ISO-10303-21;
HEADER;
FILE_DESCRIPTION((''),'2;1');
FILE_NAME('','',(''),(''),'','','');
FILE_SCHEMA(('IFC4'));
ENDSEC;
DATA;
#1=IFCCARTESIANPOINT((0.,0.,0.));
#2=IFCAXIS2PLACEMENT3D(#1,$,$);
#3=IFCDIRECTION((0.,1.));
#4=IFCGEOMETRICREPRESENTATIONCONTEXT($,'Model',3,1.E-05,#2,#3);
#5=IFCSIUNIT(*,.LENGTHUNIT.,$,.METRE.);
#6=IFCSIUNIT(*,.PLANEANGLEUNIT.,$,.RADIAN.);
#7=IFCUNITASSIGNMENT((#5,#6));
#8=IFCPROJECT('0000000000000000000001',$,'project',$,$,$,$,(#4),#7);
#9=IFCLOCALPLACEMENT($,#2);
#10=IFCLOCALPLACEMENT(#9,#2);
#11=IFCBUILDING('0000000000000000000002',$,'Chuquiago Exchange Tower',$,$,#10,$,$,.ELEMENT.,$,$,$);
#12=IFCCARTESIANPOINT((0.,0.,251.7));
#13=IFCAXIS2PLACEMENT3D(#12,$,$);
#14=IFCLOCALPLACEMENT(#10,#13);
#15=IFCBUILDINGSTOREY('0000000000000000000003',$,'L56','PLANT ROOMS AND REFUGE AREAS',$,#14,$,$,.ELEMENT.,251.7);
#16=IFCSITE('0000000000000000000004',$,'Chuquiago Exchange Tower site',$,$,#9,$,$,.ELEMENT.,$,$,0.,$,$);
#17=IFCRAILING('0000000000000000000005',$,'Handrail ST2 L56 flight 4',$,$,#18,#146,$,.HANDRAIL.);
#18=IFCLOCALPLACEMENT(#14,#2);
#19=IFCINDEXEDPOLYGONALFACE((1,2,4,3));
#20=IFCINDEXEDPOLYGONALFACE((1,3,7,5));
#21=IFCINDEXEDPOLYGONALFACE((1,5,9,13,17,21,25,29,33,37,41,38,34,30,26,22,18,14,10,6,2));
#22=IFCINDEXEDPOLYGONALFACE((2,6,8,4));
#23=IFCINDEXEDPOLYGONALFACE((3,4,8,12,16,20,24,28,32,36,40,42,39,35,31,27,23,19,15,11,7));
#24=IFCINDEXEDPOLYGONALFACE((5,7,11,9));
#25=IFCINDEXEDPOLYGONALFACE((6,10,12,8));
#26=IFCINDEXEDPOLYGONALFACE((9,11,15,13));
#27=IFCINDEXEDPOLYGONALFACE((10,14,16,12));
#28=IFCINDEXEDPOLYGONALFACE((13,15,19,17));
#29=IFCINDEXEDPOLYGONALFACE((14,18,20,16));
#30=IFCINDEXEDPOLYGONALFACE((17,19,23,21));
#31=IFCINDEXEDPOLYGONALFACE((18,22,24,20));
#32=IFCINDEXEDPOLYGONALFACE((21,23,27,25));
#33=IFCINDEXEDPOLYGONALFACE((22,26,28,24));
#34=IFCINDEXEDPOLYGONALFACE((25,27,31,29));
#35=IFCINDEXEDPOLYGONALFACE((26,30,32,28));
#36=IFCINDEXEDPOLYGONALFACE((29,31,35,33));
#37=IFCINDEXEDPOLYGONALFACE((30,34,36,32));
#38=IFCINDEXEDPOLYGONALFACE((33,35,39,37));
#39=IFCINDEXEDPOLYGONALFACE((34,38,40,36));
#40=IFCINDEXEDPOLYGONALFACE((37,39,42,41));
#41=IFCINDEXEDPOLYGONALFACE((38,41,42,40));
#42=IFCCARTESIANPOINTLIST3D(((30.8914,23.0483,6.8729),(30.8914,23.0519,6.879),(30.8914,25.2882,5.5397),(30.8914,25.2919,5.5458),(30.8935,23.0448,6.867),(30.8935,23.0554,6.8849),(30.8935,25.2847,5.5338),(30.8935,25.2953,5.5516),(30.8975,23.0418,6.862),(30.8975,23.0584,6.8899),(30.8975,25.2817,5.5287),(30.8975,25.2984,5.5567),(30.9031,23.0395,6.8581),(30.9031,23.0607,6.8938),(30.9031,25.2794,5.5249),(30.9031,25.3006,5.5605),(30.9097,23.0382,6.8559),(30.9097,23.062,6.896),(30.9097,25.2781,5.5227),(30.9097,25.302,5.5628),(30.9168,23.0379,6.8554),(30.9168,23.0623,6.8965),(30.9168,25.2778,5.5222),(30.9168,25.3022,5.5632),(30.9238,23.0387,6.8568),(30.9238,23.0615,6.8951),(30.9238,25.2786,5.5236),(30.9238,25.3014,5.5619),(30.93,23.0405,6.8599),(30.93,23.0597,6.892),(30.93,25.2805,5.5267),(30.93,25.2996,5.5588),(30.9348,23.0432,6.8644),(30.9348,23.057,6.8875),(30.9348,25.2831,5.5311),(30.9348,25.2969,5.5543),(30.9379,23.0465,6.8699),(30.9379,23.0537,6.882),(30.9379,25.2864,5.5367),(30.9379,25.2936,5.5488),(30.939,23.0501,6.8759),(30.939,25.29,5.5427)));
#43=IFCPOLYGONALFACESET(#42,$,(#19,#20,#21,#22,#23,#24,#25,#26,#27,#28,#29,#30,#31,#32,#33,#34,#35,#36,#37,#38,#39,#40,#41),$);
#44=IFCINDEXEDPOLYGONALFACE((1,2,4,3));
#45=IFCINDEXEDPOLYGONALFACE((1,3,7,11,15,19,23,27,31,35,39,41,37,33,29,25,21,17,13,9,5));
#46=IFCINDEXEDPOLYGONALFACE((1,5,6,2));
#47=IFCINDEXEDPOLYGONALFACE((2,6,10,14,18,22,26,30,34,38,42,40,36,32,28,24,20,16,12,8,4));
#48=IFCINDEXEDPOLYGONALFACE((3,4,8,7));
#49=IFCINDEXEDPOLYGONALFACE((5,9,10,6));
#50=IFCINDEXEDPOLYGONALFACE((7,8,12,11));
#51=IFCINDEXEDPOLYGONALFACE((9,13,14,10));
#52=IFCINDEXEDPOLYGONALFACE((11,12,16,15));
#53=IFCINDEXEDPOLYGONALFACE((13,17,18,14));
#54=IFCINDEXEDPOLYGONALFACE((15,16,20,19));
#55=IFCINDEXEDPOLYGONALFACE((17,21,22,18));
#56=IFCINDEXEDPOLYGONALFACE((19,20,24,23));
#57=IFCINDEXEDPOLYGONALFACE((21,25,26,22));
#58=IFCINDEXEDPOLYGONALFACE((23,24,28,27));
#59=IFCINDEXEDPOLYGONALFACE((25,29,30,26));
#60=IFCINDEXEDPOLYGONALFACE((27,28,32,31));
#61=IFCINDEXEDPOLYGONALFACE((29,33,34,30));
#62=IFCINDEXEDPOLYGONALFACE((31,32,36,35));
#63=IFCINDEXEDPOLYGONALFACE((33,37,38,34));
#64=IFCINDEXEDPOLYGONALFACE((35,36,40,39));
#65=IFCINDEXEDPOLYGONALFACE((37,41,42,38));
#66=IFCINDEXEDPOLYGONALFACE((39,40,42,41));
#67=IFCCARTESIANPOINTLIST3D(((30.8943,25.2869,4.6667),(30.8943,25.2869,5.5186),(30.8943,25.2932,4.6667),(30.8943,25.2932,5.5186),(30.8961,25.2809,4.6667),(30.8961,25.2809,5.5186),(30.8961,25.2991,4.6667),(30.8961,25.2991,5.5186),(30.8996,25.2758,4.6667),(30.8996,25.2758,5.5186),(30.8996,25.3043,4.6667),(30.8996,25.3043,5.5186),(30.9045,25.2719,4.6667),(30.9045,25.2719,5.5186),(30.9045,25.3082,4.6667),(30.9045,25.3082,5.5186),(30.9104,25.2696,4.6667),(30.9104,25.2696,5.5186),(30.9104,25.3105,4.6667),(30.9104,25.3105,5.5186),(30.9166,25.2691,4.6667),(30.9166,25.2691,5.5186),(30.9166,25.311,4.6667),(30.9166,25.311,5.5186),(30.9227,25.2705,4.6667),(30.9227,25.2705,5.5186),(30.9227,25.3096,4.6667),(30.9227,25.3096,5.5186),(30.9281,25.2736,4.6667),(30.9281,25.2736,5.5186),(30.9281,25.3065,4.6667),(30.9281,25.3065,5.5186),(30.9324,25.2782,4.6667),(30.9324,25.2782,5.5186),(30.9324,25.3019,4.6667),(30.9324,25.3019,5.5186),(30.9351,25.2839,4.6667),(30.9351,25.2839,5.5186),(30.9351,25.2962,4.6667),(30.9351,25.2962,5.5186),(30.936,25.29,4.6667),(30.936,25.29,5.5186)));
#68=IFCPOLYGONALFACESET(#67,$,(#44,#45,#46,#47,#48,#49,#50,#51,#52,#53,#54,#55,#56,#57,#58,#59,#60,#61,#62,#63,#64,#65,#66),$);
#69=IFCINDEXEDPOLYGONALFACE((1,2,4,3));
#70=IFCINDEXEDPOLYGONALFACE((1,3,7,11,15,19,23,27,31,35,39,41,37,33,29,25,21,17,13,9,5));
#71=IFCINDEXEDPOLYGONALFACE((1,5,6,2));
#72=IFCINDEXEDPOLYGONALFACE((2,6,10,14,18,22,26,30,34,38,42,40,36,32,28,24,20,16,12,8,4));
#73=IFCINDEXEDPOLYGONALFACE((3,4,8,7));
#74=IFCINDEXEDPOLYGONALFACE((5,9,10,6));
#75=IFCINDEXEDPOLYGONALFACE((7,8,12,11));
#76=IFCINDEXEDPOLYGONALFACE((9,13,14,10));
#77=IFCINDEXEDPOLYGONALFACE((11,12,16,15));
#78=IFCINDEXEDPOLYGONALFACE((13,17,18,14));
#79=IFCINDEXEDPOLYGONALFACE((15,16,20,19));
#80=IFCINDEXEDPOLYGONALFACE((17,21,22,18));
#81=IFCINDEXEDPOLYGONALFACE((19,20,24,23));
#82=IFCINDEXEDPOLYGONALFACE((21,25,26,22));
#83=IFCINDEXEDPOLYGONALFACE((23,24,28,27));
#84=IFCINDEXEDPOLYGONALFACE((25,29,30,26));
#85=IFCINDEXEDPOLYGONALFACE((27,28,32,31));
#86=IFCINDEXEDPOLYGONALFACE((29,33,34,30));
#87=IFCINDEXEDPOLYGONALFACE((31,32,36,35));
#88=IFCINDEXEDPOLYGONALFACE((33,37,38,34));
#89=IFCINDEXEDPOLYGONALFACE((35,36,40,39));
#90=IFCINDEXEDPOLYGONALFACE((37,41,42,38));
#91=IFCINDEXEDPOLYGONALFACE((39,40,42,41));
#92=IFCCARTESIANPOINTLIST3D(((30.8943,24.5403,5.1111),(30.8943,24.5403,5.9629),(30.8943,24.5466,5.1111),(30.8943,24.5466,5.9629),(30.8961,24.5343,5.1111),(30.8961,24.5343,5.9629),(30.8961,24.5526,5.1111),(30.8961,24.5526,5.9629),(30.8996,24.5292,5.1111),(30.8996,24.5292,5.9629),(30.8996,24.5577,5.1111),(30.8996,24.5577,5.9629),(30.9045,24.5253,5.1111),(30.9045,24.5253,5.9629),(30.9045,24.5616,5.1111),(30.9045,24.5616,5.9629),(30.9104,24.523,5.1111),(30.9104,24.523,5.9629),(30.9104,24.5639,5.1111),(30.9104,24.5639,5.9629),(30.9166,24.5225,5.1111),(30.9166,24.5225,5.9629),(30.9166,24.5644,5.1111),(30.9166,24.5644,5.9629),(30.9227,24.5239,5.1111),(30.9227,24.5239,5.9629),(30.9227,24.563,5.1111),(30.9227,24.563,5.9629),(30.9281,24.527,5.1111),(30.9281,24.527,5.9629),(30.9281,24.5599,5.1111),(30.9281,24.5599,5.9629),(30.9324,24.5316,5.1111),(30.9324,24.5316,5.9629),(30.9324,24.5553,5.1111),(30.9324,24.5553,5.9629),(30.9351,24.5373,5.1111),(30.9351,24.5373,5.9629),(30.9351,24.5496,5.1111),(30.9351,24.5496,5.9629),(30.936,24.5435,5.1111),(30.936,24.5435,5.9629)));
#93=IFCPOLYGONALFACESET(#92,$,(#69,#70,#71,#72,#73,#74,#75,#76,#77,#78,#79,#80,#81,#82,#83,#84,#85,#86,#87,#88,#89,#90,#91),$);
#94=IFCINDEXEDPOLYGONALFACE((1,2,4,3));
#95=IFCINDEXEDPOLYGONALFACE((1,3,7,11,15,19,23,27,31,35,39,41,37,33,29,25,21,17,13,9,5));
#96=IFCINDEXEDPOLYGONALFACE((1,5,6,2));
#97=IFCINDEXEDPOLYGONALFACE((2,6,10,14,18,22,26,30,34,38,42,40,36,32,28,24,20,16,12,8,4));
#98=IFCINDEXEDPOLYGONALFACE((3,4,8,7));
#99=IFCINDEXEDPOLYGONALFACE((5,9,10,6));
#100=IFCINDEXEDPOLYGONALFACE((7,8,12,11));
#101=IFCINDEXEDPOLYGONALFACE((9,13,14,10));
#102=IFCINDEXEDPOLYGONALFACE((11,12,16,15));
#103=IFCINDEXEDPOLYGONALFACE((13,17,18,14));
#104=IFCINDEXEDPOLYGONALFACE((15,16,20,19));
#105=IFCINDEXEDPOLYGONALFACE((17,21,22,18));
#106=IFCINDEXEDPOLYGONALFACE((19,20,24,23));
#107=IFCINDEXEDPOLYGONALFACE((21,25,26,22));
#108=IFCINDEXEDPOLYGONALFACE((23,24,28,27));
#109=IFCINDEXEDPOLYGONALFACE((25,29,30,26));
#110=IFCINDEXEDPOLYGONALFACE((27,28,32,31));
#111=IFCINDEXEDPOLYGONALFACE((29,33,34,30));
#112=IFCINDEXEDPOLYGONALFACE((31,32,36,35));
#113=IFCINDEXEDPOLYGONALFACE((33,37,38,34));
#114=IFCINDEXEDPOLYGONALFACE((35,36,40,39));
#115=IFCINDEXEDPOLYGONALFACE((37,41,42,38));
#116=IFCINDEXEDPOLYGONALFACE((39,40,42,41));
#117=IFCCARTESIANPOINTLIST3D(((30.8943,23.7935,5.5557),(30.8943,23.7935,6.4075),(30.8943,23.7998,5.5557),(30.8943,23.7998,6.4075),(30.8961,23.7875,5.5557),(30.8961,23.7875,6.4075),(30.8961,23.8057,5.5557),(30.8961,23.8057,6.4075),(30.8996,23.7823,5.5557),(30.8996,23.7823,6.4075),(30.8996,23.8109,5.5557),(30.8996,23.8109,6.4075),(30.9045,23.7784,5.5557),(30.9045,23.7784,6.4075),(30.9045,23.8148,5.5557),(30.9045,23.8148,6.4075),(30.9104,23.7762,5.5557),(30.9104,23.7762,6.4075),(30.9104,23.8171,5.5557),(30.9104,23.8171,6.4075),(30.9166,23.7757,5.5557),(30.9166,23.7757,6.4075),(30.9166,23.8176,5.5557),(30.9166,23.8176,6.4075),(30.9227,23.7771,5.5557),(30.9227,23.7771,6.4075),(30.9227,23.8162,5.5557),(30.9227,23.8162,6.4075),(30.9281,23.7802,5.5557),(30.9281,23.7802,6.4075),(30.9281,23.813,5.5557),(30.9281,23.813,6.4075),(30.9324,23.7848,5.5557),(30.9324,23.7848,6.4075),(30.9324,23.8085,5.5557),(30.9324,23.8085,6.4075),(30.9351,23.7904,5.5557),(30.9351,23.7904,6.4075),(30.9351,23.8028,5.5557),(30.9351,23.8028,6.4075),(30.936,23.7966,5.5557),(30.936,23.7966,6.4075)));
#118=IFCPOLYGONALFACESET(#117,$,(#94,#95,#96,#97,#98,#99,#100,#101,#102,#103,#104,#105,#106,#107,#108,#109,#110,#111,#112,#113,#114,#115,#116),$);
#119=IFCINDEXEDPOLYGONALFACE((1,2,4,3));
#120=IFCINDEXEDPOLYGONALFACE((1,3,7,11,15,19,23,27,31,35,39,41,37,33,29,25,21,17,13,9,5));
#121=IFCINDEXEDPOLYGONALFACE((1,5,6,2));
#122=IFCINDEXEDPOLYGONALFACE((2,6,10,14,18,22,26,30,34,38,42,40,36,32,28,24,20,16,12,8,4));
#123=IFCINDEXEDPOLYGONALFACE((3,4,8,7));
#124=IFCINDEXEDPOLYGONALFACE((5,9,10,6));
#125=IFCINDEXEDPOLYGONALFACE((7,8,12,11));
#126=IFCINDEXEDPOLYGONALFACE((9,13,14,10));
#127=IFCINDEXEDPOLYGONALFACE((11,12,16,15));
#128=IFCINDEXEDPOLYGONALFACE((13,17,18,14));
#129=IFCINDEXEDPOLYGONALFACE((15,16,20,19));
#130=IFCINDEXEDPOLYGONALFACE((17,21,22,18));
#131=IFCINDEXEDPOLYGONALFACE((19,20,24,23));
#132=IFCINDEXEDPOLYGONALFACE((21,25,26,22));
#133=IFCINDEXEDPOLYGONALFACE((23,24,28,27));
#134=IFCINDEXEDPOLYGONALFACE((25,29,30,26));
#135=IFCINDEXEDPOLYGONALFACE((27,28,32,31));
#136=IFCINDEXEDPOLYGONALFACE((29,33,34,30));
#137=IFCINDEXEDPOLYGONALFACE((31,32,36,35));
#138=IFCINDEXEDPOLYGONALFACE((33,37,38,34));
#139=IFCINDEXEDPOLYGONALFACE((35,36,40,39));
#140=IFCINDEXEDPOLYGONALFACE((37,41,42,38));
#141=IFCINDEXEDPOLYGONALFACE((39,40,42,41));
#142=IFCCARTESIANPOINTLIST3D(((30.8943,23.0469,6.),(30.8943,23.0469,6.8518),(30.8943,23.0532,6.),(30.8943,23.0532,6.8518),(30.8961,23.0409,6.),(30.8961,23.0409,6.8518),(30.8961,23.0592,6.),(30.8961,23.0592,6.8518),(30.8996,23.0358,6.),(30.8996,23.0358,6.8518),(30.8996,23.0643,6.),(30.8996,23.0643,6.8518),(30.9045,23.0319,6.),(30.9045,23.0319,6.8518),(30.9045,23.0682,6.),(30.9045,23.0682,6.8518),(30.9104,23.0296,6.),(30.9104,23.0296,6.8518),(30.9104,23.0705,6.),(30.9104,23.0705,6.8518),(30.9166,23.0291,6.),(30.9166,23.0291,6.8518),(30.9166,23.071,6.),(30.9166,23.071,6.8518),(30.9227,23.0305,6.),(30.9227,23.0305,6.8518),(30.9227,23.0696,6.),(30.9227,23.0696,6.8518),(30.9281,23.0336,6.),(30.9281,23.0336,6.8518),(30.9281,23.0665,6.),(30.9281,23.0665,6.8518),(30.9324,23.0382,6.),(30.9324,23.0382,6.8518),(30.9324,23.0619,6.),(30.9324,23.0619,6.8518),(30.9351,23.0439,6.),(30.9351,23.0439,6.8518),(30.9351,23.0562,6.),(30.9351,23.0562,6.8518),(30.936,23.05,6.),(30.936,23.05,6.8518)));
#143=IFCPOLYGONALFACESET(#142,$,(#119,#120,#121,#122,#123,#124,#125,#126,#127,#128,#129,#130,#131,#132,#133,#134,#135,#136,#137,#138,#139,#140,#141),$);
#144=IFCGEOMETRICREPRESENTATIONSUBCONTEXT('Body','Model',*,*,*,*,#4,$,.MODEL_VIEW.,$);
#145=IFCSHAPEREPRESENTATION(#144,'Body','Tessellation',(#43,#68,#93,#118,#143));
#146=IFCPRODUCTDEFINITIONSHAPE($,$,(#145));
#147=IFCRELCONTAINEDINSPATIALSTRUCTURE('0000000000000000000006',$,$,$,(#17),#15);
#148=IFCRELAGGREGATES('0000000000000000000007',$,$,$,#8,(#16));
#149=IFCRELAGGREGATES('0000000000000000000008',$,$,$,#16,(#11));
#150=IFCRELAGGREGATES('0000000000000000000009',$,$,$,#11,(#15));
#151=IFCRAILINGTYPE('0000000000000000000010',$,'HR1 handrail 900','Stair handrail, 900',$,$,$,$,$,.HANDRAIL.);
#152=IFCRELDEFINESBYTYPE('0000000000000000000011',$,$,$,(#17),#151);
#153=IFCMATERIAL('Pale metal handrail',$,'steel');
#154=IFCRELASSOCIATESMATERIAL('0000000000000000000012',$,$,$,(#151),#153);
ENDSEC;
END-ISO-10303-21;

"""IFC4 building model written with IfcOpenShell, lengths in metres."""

from ifc_helpers import new_model, si_unit, direction, frame, origin, origin_2d, place, context, subcontext, project, spatial, circle, extrude, material, type_object, element, save


model = new_model("IFC4")

# Units and contexts
model_context = context("Model", 3, precision=1e-05, world=origin(), true_north=direction((0.0, 1.0)))
body_context = subcontext(model_context, "Body", "Model", "MODEL_VIEW")
ifc_project = project(units=[si_unit("LENGTHUNIT", "METRE"), si_unit("PLANEANGLEUNIT", "RADIAN")], contexts=[model_context])

# Site, building, storey
site_placement = place(None, origin())
site = spatial("IfcSite", under=ifc_project, at=site_placement, Name="Chuquiago Exchange Tower site", CompositionType="ELEMENT", RefElevation=0.0)
building_placement = place(site_placement, origin())
building = spatial("IfcBuilding", under=site, at=building_placement, Name="Chuquiago Exchange Tower", CompositionType="ELEMENT")
storey_placement = place(building_placement, frame((0.0, 0.0, 251.7)))
storey = spatial("IfcBuildingStorey", under=building, at=storey_placement, Name="L56", Description="PLANT ROOMS AND REFUGE AREAS", CompositionType="ELEMENT", Elevation=251.7)

# Railing
ifc_material_1 = material(Name="Pale metal handrail", Category="steel")
railing_type_1 = type_object("IfcRailingType", Name="HR1 handrail 900", Description="Stair handrail, 900", PredefinedType="HANDRAIL", material=ifc_material_1)
for number, where, name in (
    (1, (30.915, 25.29, 4.6667), "Handrail ST2 L56 flight 4"),
):
    element("IfcRailing", number, at=place(storey_placement, frame(where)), inside=storey, type_object=railing_type_1, Name=name, PredefinedType="HANDRAIL", context=body_context, shape_type="SweptSolid", body=[
        extrude(circle(Radius=0.0239, at=origin_2d()), frame((0.0, 0.0, 0.876), z_axis=(0.0, -0.859306, 0.511462), x_axis=(1.0, 0.0, 0.0)), (0.0, 0.0, 1.0), 2.6067),
        extrude(circle(Radius=0.021, at=origin_2d()), origin(), (0.0, 0.0, 1.0), 0.8518),
        extrude(circle(Radius=0.021, at=origin_2d()), frame((0.0, -0.7466, 0.4443)), (0.0, 0.0, 1.0), 0.8518),
        extrude(circle(Radius=0.021, at=origin_2d()), frame((0.0, -1.4934, 0.8889)), (0.0, 0.0, 1.0), 0.8518),
        extrude(circle(Radius=0.021, at=origin_2d()), frame((0.0, -2.24, 1.3333)), (0.0, 0.0, 1.0), 0.8518),
    ])

save(model, "model.ifc")
